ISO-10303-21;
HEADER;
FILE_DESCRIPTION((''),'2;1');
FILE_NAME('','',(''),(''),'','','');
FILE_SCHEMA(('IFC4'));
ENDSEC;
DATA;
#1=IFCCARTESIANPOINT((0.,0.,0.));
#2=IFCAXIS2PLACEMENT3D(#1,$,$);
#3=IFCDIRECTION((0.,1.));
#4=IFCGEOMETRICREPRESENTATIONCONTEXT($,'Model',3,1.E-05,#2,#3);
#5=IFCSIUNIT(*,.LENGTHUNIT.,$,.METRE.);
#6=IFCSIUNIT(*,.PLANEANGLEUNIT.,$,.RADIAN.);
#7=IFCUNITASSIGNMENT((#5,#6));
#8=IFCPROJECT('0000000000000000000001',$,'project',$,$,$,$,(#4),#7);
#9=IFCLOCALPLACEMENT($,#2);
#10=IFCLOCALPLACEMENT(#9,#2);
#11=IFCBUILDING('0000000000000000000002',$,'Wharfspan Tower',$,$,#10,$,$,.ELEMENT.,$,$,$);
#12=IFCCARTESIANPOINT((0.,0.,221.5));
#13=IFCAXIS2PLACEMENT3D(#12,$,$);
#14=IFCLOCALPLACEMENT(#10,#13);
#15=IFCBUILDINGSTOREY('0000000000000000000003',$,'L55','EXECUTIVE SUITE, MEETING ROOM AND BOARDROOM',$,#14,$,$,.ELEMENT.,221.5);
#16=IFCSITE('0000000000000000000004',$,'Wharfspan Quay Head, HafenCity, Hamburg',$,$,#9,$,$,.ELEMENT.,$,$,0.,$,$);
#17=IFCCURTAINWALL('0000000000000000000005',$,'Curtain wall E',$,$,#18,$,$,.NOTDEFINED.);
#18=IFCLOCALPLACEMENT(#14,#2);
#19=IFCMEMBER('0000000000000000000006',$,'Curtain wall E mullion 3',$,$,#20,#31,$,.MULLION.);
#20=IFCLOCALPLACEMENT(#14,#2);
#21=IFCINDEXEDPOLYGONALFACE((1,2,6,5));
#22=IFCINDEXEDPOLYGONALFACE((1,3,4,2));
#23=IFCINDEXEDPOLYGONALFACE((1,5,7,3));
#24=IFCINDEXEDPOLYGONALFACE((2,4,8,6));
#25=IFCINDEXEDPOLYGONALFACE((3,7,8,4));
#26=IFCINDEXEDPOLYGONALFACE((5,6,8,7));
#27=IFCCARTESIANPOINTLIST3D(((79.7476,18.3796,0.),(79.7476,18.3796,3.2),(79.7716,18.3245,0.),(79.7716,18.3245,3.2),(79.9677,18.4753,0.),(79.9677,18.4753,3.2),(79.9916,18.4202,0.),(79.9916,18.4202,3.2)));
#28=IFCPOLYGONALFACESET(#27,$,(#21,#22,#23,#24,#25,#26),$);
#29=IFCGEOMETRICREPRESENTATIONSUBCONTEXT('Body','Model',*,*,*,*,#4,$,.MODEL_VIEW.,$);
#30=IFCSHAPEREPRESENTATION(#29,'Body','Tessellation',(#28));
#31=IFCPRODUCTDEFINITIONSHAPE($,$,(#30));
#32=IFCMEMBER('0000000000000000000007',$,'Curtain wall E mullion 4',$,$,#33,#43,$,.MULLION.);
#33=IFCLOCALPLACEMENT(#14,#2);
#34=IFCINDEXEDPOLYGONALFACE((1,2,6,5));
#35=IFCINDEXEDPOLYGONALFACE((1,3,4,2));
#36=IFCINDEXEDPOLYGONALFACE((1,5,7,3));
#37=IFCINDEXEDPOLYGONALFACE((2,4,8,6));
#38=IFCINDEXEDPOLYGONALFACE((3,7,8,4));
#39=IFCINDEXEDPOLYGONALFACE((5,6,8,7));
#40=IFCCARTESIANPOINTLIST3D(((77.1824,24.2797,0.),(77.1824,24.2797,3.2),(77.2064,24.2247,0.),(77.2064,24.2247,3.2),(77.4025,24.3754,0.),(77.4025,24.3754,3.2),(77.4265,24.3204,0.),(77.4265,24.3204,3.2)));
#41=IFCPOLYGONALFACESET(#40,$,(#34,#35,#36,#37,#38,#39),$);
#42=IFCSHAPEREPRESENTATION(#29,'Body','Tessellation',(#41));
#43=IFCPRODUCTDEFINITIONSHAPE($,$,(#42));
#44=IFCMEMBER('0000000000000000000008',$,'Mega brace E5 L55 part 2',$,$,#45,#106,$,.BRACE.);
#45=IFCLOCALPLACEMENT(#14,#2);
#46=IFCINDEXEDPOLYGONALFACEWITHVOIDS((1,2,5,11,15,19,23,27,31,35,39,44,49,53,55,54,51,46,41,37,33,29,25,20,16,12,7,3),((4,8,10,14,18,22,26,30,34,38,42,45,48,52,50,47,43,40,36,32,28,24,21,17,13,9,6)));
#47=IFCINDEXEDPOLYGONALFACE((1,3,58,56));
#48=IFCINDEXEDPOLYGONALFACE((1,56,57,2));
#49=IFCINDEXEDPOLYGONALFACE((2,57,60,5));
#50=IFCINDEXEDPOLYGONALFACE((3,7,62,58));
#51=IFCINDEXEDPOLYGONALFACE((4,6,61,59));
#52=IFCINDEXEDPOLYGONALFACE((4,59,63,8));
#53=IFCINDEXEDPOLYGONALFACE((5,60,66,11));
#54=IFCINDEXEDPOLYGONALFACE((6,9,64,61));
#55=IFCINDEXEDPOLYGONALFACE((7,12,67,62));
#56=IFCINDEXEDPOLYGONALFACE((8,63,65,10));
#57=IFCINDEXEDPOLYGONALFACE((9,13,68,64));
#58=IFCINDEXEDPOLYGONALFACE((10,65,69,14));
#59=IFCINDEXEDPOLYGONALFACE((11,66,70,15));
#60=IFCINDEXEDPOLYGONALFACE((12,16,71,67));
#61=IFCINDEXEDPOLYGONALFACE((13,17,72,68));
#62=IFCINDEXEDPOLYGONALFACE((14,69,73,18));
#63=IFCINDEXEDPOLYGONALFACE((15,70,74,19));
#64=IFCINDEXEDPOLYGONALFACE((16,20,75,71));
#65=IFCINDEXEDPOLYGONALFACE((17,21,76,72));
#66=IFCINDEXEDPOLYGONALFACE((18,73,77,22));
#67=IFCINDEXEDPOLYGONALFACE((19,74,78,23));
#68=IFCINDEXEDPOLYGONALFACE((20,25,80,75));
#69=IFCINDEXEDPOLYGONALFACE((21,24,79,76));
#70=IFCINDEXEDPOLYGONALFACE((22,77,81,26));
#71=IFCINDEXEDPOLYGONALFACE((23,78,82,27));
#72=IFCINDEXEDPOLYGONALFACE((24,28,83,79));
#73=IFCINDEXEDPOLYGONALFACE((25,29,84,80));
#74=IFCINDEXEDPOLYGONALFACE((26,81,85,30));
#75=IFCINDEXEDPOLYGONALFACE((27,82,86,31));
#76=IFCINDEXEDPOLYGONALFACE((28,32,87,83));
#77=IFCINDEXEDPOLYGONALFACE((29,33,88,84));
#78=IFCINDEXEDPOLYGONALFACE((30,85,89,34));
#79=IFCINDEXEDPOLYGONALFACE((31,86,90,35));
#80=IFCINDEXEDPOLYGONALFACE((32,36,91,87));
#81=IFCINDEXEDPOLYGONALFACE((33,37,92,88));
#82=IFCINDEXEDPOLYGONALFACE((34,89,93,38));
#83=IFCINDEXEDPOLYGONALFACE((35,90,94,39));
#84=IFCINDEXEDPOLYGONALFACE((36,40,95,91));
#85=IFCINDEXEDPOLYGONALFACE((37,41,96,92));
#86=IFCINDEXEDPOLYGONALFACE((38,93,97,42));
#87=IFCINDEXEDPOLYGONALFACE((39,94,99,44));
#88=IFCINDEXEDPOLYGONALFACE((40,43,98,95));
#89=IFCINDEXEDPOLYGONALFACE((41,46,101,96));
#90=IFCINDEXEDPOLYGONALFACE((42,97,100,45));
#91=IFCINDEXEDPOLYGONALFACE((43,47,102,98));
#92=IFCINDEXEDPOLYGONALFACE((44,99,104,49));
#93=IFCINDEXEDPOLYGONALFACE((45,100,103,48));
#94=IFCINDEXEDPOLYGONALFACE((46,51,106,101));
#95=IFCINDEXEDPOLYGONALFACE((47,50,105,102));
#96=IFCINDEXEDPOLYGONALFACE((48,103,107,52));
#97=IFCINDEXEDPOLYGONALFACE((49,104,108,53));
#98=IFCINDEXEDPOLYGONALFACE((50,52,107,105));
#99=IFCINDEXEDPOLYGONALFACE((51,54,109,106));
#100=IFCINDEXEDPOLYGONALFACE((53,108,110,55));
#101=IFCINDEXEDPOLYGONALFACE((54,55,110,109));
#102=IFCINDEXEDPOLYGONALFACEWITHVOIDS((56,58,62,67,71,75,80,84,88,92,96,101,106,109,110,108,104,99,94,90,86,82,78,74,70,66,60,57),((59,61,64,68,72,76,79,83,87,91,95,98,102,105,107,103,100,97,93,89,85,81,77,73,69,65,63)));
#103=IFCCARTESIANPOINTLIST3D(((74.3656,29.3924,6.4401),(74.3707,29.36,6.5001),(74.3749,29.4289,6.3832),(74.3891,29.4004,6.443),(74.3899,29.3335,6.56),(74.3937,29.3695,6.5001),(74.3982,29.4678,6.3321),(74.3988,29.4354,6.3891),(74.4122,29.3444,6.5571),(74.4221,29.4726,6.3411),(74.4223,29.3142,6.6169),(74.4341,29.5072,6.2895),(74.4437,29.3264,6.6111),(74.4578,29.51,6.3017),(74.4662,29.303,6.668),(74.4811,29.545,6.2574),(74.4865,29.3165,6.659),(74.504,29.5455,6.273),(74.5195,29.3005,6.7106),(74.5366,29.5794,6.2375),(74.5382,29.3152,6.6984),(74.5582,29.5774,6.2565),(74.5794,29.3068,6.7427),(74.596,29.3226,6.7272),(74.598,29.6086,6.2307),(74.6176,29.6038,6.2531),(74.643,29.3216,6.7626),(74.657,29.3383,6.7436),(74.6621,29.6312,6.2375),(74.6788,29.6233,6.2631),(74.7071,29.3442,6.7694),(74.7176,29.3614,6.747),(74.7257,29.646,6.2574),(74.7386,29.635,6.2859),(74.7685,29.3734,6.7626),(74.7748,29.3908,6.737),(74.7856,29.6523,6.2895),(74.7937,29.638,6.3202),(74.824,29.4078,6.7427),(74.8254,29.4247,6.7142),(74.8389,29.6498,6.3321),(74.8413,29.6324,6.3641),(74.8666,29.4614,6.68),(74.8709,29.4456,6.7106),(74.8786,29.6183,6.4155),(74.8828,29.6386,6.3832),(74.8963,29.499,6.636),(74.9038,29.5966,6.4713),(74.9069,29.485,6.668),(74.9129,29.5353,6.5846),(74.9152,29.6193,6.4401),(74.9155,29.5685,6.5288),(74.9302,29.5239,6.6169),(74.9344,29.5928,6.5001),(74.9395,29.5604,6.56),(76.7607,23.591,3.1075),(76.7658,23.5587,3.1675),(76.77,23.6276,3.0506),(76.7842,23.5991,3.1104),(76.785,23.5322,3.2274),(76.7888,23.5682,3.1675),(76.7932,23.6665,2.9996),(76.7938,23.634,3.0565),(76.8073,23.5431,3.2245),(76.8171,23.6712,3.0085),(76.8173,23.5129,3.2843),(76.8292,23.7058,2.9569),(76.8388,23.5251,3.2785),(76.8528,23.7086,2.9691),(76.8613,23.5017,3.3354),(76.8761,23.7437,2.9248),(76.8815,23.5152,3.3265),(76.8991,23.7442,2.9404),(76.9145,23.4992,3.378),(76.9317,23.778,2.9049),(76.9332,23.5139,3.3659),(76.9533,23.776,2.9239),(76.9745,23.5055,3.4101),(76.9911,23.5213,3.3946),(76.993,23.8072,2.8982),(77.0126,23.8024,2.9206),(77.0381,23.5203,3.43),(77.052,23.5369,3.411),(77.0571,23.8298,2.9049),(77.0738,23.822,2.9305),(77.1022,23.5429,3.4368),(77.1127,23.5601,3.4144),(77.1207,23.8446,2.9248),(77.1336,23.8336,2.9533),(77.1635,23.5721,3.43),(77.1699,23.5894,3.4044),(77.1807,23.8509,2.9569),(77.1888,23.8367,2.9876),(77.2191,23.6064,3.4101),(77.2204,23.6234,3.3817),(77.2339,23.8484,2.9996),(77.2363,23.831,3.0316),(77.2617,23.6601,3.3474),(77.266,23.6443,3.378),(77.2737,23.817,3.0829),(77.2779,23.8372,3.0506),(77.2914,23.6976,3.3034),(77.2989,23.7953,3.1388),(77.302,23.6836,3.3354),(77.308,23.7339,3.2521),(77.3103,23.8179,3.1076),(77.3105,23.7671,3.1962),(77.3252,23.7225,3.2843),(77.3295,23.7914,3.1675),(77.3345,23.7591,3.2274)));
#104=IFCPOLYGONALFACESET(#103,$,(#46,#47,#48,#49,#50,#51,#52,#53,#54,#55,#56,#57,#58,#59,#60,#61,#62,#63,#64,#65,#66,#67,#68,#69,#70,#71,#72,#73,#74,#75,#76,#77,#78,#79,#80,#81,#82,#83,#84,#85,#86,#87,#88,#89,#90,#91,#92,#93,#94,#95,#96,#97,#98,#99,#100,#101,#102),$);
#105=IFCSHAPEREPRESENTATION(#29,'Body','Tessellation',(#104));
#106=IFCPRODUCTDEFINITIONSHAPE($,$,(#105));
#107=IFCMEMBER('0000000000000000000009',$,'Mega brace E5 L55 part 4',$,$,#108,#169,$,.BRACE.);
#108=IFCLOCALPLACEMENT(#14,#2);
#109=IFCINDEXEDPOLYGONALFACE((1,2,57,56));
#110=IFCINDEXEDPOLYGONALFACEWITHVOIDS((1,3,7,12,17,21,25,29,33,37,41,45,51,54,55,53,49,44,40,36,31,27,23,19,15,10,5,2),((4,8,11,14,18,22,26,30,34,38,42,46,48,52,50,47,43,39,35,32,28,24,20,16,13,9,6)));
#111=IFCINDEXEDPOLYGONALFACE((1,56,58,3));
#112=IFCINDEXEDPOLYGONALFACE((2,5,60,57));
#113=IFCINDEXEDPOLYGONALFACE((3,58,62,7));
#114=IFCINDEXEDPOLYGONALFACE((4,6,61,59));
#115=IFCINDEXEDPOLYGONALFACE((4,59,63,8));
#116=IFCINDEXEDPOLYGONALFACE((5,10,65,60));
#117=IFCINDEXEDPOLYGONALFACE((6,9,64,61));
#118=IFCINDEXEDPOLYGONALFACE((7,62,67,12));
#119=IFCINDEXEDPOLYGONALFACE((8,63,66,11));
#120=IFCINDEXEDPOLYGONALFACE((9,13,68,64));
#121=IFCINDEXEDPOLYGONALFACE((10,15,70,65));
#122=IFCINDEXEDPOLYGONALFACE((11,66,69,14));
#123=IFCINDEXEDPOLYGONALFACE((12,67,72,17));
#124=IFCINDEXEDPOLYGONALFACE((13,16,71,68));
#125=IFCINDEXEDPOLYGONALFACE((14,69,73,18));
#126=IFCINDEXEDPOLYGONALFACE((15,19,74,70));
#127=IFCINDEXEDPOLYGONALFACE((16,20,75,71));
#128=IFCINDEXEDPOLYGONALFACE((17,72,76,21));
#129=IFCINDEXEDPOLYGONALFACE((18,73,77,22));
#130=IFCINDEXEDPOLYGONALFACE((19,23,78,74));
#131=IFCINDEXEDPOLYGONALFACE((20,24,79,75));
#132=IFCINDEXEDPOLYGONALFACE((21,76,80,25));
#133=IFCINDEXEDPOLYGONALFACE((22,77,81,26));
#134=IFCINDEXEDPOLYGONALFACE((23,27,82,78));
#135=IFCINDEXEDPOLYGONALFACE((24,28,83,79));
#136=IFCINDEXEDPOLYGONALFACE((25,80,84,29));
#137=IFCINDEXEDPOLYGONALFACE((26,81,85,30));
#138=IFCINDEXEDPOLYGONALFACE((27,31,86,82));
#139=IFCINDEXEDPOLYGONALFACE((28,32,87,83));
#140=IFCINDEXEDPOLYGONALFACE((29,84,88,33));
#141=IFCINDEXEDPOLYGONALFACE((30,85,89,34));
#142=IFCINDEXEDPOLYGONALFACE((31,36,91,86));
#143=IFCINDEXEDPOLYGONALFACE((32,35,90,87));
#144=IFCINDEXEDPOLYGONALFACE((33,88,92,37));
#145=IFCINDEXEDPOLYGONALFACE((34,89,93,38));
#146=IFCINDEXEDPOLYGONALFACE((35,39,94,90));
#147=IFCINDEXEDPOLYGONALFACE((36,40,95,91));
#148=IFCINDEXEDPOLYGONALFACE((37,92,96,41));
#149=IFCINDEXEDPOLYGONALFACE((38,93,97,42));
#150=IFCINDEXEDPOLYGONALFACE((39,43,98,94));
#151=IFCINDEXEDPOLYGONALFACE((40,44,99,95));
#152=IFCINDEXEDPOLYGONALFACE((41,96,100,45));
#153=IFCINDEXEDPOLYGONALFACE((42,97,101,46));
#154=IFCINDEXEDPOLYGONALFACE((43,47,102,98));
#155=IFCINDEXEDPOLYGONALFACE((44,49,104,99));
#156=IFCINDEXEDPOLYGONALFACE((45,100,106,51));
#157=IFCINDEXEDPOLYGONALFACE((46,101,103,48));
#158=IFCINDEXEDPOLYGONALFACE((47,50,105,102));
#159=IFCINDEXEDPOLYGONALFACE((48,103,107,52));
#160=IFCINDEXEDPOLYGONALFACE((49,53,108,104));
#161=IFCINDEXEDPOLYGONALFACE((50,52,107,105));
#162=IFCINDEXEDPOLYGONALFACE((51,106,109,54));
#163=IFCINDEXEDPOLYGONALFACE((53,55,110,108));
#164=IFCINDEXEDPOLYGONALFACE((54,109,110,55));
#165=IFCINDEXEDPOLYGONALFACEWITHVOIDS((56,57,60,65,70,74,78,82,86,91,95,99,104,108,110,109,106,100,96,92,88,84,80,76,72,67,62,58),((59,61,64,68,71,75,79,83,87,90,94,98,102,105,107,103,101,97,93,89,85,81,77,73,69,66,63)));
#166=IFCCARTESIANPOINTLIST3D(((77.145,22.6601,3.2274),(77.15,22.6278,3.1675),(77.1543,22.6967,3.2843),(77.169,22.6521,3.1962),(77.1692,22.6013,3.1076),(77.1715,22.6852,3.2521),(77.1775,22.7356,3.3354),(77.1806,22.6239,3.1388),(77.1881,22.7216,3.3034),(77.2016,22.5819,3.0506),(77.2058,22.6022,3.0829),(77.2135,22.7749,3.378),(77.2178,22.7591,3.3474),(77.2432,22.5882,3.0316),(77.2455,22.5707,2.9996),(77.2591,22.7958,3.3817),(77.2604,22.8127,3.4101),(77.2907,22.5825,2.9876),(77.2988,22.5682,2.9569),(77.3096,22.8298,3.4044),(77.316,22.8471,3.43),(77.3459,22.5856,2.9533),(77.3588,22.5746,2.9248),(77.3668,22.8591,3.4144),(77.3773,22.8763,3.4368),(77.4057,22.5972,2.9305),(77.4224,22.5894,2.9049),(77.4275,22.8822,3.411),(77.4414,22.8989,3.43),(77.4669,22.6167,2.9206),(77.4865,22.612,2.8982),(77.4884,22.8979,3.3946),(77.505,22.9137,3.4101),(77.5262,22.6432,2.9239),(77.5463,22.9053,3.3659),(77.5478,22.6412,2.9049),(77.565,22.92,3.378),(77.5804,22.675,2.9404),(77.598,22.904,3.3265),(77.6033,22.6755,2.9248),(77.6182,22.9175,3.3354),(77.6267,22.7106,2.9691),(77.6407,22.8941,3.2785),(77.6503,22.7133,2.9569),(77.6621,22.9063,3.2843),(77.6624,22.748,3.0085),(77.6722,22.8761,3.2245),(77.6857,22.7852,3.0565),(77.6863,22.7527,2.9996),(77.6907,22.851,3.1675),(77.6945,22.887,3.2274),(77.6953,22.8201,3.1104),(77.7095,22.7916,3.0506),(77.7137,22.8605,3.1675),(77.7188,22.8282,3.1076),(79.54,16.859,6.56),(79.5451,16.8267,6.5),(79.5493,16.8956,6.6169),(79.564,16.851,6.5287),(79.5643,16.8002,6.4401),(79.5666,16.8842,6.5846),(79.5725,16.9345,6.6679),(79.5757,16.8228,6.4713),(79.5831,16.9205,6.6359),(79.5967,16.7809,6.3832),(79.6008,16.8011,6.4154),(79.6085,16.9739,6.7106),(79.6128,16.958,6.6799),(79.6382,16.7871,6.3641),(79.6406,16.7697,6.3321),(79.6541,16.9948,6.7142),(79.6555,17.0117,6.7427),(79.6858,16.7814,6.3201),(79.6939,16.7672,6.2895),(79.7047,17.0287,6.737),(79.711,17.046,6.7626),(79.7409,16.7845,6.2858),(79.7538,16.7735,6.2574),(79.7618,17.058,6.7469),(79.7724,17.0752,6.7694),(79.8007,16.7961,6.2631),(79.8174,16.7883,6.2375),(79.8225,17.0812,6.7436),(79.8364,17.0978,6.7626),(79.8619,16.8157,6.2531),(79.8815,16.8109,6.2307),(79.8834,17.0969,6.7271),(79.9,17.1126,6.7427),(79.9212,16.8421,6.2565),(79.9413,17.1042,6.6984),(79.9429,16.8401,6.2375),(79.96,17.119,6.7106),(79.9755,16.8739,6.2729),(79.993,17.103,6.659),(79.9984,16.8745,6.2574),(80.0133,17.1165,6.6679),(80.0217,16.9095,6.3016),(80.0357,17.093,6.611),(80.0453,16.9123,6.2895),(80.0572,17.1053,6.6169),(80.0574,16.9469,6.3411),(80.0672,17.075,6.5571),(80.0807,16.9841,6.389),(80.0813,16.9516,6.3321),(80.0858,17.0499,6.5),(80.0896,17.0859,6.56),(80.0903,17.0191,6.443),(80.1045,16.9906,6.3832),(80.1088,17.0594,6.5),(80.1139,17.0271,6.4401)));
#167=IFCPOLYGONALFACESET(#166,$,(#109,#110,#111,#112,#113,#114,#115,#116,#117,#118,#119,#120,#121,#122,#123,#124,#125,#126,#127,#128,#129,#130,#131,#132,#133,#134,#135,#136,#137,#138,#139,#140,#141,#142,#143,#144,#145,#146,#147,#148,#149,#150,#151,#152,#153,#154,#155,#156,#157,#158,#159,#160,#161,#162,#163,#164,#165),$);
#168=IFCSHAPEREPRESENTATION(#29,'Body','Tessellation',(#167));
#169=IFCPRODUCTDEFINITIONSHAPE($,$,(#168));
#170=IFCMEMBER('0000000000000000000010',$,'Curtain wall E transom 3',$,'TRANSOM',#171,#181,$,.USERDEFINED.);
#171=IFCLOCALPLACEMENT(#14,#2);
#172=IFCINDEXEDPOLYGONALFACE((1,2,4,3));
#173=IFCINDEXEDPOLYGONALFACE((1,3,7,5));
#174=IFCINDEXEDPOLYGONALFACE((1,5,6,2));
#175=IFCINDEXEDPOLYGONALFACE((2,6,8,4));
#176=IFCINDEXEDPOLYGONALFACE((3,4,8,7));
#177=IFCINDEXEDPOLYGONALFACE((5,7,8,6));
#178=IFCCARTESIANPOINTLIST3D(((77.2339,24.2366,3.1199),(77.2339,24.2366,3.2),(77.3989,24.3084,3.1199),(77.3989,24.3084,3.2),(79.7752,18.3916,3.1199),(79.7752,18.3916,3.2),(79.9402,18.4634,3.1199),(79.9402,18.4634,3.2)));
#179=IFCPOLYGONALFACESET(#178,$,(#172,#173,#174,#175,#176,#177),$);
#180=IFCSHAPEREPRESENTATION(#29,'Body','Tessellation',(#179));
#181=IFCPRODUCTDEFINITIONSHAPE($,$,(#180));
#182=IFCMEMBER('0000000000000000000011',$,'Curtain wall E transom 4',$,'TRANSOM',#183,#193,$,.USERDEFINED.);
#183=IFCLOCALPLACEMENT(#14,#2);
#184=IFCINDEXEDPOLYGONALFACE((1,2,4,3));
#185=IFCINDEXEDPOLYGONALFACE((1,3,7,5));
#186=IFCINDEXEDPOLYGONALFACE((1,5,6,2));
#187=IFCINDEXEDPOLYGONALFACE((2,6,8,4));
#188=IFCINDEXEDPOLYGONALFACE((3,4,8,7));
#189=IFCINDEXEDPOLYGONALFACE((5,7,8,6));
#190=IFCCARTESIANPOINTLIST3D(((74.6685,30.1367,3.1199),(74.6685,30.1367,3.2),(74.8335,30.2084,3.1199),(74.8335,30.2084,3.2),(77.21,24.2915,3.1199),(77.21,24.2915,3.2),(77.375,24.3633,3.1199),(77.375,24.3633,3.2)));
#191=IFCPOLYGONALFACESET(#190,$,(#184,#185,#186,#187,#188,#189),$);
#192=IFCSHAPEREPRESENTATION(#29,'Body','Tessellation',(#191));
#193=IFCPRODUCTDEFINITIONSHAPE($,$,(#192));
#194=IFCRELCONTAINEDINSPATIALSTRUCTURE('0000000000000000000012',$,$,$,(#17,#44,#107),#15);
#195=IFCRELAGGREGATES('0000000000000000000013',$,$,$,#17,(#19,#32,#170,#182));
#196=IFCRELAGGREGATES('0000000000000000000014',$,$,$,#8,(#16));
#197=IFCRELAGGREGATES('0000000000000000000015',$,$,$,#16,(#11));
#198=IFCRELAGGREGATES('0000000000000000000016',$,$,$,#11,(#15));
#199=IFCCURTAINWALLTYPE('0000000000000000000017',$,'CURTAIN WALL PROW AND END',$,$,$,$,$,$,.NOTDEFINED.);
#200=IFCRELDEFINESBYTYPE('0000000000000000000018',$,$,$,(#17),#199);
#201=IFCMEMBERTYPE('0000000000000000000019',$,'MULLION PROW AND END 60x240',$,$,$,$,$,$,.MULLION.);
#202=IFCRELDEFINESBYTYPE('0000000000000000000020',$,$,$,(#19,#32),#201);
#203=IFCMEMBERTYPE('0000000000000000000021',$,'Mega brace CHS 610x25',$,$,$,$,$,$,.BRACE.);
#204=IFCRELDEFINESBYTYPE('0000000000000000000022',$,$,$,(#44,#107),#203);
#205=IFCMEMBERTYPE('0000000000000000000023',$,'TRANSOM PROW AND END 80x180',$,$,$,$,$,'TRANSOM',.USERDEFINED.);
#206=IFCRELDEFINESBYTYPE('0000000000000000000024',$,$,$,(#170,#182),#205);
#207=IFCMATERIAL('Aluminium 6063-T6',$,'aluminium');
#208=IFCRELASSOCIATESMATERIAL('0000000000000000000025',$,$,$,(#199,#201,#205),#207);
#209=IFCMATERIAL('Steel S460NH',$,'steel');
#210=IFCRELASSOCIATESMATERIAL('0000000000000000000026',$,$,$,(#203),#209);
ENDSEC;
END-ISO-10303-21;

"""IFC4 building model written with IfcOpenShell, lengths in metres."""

from ifc_helpers import new_model, si_unit, direction, frame, origin, origin_2d, place, context, subcontext, project, spatial, rectangle, hollow_circle, extrude, material, material_profile, profile_set, type_object, element, aggregate, save


model = new_model("IFC4")

# Units and contexts
model_context = context("Model", 3, precision=1e-05, world=origin(), true_north=direction((0.0, 1.0)))
body_context = subcontext(model_context, "Body", "Model", "MODEL_VIEW")
ifc_project = project(units=[si_unit("LENGTHUNIT", "METRE"), si_unit("PLANEANGLEUNIT", "RADIAN")], contexts=[model_context])

# Site, building, storey
site_placement = place(None, origin())
site = spatial("IfcSite", under=ifc_project, at=site_placement, Name="Wharfspan Quay Head, HafenCity, Hamburg", CompositionType="ELEMENT", RefElevation=0.0)
building_placement = place(site_placement, origin())
building = spatial("IfcBuilding", under=site, at=building_placement, Name="Wharfspan Tower", CompositionType="ELEMENT")
storey_placement = place(building_placement, frame((0.0, 0.0, 221.5)))
storey = spatial("IfcBuildingStorey", under=building, at=storey_placement, Name="L55", Description="EXECUTIVE SUITE, MEETING ROOM AND BOARDROOM", CompositionType="ELEMENT", Elevation=221.5)

# Curtain wall, members
ifc_material_1 = material(Name="Aluminium 6063-T6", Category="aluminium")
curtain_wall_type = type_object("IfcCurtainWallType", Name="CURTAIN WALL PROW AND END", PredefinedType="NOTDEFINED", material=ifc_material_1)
curtain_wall_placement = place(storey_placement, origin())
curtain_wall = element("IfcCurtainWall", 1, at=curtain_wall_placement, inside=storey, type_object=curtain_wall_type, Name="Curtain wall E", PredefinedType="NOTDEFINED")
ifc_material_profile_1 = material_profile(ifc_material_1, rectangle(XDim=0.24, YDim=0.0601, at=origin_2d()))
ifc_profile_set_1 = profile_set([ifc_material_profile_1], Name="Aluminium 6063-T6")
member_type_1 = type_object("IfcMemberType", Name="MULLION PROW AND END 60x240", PredefinedType="MULLION", material=ifc_profile_set_1)
member_1_placement = place(storey_placement, frame((79.8696, 18.3999, 0.0), z_axis=(0.0, 0.0, 1.0), x_axis=(-0.917072, -0.398727, 0.0)))
member_1 = element("IfcMember", 2, at=member_1_placement, type_object=member_type_1, Name="Curtain wall E mullion 3", PredefinedType="MULLION", context=body_context, shape_type="SweptSolid", body=[
    extrude(rectangle(XDim=0.24, YDim=0.0601, at=origin_2d()), origin(), (0.0, 0.0, 1.0), 3.2),
])
member_2_placement = place(storey_placement, frame((77.3044, 24.3, 0.0), z_axis=(0.0, 0.0, 1.0), x_axis=(-0.917072, -0.398727, 0.0)))
member_2 = element("IfcMember", 3, at=member_2_placement, type_object=member_type_1, Name="Curtain wall E mullion 4", PredefinedType="MULLION", context=body_context, shape_type="SweptSolid", body=[
    extrude(rectangle(XDim=0.24, YDim=0.0601, at=origin_2d()), origin(), (0.0, 0.0, 1.0), 3.2),
])

# Members
ifc_material_2 = material(Name="Steel S460NH", Category="steel")
ifc_material_profile_2 = material_profile(ifc_material_2, hollow_circle(Radius=0.3049, WallThickness=0.0249, at=origin_2d()))
ifc_profile_set_2 = profile_set([ifc_material_profile_2], Name="Steel S460NH")
member_type_2 = type_object("IfcMemberType", Name="Mega brace CHS 610x25", PredefinedType="BRACE", material=ifc_profile_set_2)
member_3_placement = place(storey_placement, frame((77.0476, 23.675, 3.1675), z_axis=(-0.337038, 0.81638, 0.468967), x_axis=(-0.924329, -0.381603, -0.000002)))
element("IfcMember", 4, at=member_3_placement, inside=storey, type_object=member_type_2, Name="Mega brace E5 L55 part 2", PredefinedType="BRACE", context=body_context, shape_type="SweptSolid", body=[
    extrude(hollow_circle(Radius=0.3049, WallThickness=0.0249, at=origin_2d()), origin(), (0.0, 0.0, 1.0), 7.1062),
])
member_4_placement = place(storey_placement, frame((77.4319, 22.7441, 3.1675), z_axis=(0.337047, -0.816368, 0.46898), x_axis=(0.924317, 0.381615, 0.0)))
element("IfcMember", 5, at=member_4_placement, inside=storey, type_object=member_type_2, Name="Mega brace E5 L55 part 4", PredefinedType="BRACE", context=body_context, shape_type="SweptSolid", body=[
    extrude(hollow_circle(Radius=0.3049, WallThickness=0.0249, at=origin_2d()), origin(), (0.0, 0.0, 1.0), 7.106),
])

# Members
ifc_material_profile_3 = material_profile(ifc_material_1, rectangle(XDim=0.1799, YDim=0.0801, at=origin_2d()))
ifc_profile_set_3 = profile_set([ifc_material_profile_3], Name="Aluminium 6063-T6")
member_type_3 = type_object("IfcMemberType", Name="TRANSOM PROW AND END 80x180", ElementType="TRANSOM", PredefinedType="USERDEFINED", material=ifc_profile_set_3)
member_5_placement = place(storey_placement, frame((79.8577, 18.4275, 3.1599), z_axis=(-0.398722, 0.917072, 0.0), x_axis=(-0.917072, -0.398722, 0.0)))
member_5 = element("IfcMember", 6, at=member_5_placement, type_object=member_type_3, Name="Curtain wall E transom 3", ObjectType="TRANSOM", PredefinedType="USERDEFINED", context=body_context, shape_type="SweptSolid", body=[
    extrude(rectangle(XDim=0.1799, YDim=0.0801, at=origin_2d()), origin(), (0.0, 0.0, 1.0), 6.3735),
])
member_6_placement = place(storey_placement, frame((77.2925, 24.3274, 3.1599), z_axis=(-0.39874, 0.917064, 0.0), x_axis=(-0.917064, -0.39874, 0.0)))
member_6 = element("IfcMember", 7, at=member_6_placement, type_object=member_type_3, Name="Curtain wall E transom 4", ObjectType="TRANSOM", PredefinedType="USERDEFINED", context=body_context, shape_type="SweptSolid", body=[
    extrude(rectangle(XDim=0.1799, YDim=0.0801, at=origin_2d()), origin(), (0.0, 0.0, 1.0), 6.3738),
])

aggregate(curtain_wall, [member_1, member_2, member_5, member_6])

save(model, "model.ifc")
